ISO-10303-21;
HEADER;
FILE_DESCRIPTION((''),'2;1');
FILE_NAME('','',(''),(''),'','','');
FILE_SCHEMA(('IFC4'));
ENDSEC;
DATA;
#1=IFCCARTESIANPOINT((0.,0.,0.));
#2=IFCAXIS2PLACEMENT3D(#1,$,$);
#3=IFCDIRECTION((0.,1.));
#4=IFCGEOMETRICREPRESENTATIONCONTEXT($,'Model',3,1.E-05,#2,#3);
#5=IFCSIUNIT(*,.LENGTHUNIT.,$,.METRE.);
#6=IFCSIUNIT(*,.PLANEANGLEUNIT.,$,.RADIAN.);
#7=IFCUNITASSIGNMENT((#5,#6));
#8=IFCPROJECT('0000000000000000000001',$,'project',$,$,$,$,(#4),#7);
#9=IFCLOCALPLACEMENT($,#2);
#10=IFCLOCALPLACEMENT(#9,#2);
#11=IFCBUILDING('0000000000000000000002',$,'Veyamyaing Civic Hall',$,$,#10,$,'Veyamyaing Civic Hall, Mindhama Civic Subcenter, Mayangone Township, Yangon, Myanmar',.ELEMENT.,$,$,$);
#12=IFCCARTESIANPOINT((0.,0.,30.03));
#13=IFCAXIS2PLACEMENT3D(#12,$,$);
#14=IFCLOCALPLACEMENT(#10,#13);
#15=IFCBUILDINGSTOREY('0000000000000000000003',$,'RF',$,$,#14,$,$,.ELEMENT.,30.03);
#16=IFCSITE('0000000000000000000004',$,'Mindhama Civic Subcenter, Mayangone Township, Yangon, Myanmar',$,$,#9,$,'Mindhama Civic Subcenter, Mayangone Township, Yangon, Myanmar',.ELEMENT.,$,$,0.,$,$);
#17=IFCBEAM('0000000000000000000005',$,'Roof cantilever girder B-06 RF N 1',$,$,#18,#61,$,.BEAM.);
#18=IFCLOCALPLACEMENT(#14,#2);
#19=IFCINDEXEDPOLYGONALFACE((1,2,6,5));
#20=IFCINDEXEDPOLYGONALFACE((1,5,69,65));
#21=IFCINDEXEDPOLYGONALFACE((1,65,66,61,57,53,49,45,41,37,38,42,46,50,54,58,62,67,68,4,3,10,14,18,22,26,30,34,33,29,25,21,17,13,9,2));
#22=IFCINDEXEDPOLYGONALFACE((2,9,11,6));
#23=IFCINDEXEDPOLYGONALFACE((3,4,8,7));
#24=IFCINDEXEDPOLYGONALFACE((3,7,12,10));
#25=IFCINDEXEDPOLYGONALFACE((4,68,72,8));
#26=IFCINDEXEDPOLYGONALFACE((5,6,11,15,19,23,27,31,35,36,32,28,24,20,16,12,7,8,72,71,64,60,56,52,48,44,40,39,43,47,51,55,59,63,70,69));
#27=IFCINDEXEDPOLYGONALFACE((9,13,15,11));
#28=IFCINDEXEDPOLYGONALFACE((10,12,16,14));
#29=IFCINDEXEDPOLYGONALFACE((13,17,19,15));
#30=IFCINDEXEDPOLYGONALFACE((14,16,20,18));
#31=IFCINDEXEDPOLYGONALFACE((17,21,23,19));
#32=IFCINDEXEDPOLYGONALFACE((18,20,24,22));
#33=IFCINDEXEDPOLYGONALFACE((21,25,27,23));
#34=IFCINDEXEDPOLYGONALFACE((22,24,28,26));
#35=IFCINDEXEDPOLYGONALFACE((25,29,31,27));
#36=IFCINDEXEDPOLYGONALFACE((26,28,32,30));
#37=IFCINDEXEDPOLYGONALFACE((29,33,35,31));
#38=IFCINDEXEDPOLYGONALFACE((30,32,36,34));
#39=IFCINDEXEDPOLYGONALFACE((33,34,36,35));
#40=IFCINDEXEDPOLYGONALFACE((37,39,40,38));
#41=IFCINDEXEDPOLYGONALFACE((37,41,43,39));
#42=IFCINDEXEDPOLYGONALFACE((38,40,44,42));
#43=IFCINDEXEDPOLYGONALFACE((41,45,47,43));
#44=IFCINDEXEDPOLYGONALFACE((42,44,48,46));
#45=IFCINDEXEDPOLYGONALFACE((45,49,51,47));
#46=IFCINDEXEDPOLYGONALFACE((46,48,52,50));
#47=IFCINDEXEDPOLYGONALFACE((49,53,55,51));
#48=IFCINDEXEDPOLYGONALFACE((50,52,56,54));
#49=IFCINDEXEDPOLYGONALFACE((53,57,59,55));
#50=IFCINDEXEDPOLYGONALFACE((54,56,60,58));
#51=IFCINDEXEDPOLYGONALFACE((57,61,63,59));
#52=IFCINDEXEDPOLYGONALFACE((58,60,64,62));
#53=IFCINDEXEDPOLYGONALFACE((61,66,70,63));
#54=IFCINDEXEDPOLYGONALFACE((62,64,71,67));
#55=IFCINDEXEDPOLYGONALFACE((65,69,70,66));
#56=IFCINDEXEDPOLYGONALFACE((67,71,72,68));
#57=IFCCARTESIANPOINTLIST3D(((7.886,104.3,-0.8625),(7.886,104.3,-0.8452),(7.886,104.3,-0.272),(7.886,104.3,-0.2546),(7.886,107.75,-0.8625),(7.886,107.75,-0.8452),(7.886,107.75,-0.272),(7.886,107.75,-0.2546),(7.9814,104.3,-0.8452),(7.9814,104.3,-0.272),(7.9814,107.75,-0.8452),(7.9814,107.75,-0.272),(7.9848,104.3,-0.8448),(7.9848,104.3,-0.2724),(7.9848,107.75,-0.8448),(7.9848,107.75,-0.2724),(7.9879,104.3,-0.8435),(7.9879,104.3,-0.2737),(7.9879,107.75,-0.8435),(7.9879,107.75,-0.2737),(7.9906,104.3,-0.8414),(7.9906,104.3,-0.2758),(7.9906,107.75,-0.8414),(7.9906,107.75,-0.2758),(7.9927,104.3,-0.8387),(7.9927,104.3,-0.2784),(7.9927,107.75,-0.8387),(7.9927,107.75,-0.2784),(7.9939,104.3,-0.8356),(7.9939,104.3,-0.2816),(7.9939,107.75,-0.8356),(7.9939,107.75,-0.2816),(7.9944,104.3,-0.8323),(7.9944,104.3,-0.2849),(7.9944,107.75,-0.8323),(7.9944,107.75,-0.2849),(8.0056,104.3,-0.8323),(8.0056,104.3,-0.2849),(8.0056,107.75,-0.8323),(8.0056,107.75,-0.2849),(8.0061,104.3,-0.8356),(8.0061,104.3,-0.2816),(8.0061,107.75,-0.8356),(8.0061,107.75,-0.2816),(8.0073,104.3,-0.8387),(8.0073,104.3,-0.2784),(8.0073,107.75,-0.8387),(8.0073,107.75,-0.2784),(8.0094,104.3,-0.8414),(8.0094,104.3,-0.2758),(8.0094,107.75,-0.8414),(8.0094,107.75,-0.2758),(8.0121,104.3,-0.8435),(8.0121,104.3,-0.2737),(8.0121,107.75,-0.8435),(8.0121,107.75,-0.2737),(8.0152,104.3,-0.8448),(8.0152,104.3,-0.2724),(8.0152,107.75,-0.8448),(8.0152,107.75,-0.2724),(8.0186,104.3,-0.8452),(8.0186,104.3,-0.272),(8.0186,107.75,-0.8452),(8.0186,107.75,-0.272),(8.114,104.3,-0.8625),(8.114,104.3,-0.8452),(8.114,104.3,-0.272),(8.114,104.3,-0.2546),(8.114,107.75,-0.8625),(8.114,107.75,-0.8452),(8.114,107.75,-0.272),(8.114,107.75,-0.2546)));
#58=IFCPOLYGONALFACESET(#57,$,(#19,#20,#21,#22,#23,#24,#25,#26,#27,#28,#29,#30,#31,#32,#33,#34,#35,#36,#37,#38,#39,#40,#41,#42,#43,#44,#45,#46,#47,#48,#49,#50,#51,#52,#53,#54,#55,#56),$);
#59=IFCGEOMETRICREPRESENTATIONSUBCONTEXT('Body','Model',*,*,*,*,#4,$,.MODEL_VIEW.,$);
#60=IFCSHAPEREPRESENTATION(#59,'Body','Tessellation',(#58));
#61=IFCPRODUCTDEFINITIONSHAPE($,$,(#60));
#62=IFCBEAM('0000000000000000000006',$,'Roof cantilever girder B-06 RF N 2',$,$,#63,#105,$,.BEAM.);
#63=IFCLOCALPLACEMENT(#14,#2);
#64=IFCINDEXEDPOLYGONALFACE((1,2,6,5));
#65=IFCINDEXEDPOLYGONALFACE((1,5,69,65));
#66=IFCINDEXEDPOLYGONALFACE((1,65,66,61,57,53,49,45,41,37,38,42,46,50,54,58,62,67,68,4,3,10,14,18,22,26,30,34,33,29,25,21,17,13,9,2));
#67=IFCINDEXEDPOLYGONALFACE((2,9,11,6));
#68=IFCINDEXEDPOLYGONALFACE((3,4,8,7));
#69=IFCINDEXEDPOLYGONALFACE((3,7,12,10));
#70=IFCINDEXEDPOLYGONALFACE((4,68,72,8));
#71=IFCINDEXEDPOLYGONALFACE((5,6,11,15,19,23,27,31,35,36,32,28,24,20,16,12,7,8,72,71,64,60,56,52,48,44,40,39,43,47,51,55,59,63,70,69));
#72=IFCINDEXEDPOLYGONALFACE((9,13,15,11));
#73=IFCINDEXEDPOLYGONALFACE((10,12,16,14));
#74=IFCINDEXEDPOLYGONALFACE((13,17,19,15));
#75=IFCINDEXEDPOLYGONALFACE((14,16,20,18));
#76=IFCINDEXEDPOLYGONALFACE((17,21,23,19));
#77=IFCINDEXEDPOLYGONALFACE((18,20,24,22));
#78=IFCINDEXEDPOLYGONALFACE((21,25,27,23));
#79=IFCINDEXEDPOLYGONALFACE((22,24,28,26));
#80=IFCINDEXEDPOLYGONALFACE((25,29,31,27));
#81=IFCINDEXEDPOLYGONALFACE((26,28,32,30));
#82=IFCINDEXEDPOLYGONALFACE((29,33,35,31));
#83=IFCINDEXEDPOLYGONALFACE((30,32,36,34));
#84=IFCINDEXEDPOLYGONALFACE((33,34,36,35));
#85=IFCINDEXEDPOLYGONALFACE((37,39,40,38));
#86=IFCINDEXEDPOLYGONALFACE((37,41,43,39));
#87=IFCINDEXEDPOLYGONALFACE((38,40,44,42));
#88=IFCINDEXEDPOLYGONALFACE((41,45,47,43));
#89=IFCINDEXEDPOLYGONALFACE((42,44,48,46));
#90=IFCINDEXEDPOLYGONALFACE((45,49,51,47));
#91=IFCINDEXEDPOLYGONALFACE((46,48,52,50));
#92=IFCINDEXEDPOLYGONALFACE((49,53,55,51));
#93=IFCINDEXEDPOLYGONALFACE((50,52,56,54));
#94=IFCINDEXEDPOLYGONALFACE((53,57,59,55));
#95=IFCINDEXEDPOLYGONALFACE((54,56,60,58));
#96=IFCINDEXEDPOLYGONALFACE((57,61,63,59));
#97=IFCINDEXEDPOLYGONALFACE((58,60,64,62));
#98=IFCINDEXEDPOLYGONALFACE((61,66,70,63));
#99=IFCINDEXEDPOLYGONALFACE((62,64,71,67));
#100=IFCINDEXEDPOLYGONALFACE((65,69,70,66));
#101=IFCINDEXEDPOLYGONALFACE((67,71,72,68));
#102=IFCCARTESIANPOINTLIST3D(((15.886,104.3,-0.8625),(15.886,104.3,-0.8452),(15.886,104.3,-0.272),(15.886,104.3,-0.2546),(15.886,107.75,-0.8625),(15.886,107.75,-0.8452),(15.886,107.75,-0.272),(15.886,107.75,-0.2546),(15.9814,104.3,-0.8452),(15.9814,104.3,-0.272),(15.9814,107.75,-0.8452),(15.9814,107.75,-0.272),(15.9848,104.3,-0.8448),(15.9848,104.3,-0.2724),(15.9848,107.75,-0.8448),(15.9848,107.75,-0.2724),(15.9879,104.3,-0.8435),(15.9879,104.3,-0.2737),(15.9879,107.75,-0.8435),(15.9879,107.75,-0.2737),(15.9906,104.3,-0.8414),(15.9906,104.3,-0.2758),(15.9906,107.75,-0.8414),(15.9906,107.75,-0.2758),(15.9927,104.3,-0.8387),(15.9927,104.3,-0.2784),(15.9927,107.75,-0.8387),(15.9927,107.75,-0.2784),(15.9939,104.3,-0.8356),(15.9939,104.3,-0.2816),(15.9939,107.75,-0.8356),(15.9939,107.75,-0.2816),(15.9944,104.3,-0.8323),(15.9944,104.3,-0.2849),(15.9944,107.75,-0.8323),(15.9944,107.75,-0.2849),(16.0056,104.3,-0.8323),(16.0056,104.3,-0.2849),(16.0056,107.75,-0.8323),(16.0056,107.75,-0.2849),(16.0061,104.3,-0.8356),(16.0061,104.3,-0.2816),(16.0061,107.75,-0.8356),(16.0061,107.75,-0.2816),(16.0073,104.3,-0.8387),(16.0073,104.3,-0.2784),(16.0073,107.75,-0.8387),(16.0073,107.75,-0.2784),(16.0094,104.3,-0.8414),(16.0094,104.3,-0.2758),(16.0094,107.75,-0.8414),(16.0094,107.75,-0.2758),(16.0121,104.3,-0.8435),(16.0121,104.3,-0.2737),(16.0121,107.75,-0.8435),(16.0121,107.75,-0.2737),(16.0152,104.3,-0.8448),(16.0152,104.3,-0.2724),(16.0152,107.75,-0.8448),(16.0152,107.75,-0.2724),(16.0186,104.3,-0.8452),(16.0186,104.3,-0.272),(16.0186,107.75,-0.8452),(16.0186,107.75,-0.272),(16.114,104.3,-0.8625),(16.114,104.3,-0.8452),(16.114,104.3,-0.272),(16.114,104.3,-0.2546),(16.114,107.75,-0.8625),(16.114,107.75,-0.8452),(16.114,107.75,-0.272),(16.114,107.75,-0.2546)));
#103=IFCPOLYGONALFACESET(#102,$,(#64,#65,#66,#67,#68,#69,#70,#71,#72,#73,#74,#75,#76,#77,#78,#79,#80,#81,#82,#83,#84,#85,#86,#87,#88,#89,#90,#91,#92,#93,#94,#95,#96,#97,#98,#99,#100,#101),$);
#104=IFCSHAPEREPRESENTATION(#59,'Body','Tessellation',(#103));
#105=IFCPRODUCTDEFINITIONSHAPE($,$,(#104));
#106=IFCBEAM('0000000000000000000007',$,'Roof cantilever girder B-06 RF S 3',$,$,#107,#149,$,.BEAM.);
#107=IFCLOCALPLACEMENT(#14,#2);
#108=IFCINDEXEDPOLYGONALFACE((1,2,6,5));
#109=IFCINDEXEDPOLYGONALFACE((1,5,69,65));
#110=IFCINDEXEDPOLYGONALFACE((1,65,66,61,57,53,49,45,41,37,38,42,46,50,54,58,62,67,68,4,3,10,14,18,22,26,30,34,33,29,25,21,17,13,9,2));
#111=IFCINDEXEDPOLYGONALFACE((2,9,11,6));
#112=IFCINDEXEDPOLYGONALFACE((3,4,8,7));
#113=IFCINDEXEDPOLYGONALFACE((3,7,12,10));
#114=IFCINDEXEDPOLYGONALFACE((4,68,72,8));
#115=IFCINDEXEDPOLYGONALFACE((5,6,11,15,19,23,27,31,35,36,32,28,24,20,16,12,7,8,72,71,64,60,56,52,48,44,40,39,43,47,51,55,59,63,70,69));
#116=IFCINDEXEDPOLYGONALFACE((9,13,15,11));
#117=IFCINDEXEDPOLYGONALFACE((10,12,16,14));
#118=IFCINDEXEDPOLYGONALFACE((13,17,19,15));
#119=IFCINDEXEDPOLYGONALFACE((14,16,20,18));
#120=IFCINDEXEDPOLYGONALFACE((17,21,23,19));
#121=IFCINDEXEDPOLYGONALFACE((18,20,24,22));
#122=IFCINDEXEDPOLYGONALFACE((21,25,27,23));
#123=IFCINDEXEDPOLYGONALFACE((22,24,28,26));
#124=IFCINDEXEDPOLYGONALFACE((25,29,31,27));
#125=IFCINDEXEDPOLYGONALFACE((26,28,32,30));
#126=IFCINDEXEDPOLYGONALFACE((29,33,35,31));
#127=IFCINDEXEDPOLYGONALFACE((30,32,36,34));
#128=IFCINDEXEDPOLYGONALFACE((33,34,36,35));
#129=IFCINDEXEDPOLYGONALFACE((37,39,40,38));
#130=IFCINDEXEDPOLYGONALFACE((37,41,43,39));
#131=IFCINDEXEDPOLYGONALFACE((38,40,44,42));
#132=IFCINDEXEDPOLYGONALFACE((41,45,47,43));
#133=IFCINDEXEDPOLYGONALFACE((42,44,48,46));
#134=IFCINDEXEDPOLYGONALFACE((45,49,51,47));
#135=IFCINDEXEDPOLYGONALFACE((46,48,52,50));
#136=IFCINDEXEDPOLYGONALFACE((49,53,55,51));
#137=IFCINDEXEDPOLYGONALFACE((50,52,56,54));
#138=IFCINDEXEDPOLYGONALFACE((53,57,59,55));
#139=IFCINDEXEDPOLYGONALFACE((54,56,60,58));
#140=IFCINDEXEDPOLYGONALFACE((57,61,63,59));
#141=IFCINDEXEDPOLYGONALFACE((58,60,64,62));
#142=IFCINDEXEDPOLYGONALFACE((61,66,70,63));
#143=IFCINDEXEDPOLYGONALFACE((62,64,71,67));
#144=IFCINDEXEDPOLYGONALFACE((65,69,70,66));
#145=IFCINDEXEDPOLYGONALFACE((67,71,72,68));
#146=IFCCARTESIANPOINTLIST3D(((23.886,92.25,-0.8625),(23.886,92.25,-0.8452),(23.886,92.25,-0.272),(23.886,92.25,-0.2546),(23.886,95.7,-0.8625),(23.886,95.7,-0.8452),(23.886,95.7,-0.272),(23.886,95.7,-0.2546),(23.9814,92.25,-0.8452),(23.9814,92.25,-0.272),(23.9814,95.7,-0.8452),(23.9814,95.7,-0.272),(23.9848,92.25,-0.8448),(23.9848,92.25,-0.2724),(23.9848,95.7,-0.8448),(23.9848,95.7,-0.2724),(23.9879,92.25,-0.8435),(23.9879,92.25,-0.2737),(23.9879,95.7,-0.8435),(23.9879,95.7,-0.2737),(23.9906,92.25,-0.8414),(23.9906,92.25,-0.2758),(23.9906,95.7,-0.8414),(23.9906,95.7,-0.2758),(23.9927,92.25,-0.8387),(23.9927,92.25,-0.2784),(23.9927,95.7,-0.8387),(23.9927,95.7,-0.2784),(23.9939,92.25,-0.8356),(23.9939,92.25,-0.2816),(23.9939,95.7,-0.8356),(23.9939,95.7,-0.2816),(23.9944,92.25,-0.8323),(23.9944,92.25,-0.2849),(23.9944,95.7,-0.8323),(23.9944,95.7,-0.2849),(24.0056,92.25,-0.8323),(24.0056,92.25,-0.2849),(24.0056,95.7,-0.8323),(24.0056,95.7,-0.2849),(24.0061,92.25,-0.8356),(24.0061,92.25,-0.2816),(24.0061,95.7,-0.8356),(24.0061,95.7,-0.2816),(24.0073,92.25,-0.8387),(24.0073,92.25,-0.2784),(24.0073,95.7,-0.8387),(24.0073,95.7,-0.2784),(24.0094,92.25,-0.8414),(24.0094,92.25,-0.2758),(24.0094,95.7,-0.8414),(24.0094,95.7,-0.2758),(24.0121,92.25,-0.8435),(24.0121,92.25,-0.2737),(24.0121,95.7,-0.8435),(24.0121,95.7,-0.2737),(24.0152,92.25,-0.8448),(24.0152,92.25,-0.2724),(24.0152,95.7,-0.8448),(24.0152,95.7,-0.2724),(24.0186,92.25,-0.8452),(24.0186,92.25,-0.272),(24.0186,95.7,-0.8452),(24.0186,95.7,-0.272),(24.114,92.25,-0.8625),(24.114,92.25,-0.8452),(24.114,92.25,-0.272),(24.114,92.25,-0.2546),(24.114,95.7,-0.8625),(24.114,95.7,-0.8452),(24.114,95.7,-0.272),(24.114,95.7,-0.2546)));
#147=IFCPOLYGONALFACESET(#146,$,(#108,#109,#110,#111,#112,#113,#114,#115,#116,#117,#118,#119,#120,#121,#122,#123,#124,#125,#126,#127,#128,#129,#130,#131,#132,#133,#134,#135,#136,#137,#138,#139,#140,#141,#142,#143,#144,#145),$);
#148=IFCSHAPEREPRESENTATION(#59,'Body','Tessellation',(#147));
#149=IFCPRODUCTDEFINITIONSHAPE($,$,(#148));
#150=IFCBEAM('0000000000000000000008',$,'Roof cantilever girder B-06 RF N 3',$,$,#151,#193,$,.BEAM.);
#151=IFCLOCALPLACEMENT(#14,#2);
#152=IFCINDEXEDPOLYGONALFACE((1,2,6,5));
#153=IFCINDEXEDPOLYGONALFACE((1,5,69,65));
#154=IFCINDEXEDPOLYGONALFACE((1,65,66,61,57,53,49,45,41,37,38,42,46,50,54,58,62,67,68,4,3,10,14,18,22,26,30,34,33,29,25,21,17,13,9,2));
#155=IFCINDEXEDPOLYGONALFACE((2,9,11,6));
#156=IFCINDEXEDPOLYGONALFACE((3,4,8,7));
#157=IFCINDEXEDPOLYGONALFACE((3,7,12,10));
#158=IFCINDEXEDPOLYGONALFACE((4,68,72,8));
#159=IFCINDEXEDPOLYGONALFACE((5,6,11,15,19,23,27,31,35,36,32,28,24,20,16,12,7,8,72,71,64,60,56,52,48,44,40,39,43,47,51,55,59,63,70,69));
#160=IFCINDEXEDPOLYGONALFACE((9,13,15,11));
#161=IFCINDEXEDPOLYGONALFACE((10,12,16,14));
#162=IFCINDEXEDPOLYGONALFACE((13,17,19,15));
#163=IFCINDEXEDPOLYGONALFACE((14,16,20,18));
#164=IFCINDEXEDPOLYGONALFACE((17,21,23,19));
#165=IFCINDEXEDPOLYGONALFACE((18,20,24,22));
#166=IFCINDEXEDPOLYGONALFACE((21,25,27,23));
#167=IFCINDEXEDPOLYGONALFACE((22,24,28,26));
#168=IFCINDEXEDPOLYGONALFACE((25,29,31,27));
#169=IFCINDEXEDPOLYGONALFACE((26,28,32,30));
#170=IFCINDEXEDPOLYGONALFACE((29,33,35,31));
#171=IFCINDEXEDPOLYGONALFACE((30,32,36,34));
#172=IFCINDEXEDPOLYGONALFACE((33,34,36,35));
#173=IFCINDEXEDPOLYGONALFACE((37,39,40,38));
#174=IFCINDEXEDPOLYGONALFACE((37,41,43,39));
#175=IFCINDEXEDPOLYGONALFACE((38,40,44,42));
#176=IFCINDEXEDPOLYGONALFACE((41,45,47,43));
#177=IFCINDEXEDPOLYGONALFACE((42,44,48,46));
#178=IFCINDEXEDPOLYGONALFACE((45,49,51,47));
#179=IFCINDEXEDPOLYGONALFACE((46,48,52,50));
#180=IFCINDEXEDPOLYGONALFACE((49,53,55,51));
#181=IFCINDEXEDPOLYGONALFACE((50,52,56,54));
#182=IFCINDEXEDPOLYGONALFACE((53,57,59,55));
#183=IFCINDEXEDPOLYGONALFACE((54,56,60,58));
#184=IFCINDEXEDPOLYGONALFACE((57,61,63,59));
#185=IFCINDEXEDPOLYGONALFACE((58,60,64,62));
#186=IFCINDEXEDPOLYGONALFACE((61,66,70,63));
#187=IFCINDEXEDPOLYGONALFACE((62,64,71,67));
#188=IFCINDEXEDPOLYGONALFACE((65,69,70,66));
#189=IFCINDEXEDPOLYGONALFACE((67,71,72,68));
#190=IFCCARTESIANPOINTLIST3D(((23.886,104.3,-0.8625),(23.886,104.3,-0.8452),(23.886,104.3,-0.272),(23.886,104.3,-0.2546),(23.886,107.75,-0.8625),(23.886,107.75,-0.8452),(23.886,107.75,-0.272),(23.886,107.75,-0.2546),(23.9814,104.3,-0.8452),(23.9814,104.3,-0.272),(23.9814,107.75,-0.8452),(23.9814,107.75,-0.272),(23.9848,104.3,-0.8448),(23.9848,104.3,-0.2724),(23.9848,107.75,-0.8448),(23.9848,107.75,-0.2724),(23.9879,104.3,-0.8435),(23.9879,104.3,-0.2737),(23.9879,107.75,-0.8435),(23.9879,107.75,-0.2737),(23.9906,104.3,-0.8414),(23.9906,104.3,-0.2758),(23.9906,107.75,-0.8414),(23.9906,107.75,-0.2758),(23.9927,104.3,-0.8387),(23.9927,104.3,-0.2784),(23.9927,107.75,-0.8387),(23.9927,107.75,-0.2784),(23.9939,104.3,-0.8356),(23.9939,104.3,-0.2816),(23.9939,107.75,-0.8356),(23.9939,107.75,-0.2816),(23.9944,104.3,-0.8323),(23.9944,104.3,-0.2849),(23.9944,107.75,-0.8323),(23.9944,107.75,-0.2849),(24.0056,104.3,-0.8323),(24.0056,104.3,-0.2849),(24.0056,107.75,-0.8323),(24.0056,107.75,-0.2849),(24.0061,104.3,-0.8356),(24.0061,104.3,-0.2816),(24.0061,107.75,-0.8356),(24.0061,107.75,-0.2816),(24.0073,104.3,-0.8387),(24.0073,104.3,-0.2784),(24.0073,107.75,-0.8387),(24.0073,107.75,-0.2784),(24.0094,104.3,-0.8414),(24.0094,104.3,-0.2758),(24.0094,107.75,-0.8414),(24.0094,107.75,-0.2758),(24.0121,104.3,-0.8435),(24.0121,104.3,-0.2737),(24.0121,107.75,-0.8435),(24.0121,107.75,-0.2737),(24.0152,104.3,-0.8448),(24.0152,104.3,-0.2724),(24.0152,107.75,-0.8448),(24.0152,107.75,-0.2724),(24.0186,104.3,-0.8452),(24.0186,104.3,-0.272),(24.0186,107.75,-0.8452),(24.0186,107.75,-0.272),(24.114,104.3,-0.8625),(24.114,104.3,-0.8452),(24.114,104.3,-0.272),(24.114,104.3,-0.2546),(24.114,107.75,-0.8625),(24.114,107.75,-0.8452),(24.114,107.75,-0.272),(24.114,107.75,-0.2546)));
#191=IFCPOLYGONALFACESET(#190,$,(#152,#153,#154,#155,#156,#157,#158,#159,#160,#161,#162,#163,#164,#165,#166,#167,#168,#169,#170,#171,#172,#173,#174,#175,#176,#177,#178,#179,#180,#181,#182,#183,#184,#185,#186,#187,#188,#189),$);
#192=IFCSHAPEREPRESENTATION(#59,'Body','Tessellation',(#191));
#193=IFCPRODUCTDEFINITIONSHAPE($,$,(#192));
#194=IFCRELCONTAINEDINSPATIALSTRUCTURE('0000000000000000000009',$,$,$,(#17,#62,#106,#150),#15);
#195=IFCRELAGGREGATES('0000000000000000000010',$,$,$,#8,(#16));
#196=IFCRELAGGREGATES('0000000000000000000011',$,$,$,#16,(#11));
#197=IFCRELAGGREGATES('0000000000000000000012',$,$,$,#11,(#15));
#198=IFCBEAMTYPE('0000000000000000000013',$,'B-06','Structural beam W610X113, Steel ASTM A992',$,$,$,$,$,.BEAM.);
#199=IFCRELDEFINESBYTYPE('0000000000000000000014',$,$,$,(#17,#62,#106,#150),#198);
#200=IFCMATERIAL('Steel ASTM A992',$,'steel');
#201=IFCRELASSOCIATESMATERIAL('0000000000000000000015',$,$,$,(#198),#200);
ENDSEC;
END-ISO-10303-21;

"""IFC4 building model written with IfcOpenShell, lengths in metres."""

from ifc_helpers import new_model, si_unit, direction, frame, origin, origin_2d, place, context, subcontext, project, spatial, i_section, extrude, material, material_profile, profile_set, type_object, element, save


model = new_model("IFC4")

# Units and contexts
model_context = context("Model", 3, precision=1e-05, world=origin(), true_north=direction((0.0, 1.0)))
body_context = subcontext(model_context, "Body", "Model", "MODEL_VIEW")
ifc_project = project(units=[si_unit("LENGTHUNIT", "METRE"), si_unit("PLANEANGLEUNIT", "RADIAN")], contexts=[model_context])

# Site, building, storey
site_placement = place(None, origin())
site = spatial("IfcSite", under=ifc_project, at=site_placement, Name="Mindhama Civic Subcenter, Mayangone Township, Yangon, Myanmar", LongName="Mindhama Civic Subcenter, Mayangone Township, Yangon, Myanmar", CompositionType="ELEMENT", RefElevation=0.0)
building_placement = place(site_placement, origin())
building = spatial("IfcBuilding", under=site, at=building_placement, Name="Veyamyaing Civic Hall", LongName="Veyamyaing Civic Hall, Mindhama Civic Subcenter, Mayangone Township, Yangon, Myanmar", CompositionType="ELEMENT")
storey_placement = place(building_placement, frame((0.0, 0.0, 30.03)))
storey = spatial("IfcBuildingStorey", under=building, at=storey_placement, Name="RF", CompositionType="ELEMENT", Elevation=30.03)

# Beams
ifc_material_1 = material(Name="Steel ASTM A992", Category="steel")
ifc_material_profile_1 = material_profile(ifc_material_1, i_section(OverallWidth=0.228, OverallDepth=0.6079, WebThickness=0.0112, FlangeThickness=0.0173, FilletRadius=0.0129, at=origin_2d()), Name="W610X113")
ifc_profile_set_1 = profile_set([ifc_material_profile_1], Name="Steel ASTM A992")
beam_type_1 = type_object("IfcBeamType", Name="B-06", Description="Structural beam W610X113, Steel ASTM A992", PredefinedType="BEAM", material=ifc_profile_set_1)
for number, where, z_axis, x_axis, name in (
    (1, (8.0, 104.3, -0.5586), (0.0, 1.0, 0.0), (-1.0, 0.0, 0.0), "Roof cantilever girder B-06 RF N 1"),
    (2, (16.0, 104.3, -0.5586), (0.0, 1.0, 0.0), (-1.0, 0.0, 0.0), "Roof cantilever girder B-06 RF N 2"),
    (3, (24.0, 92.25, -0.5586), (0.0, 1.0, 0.0), (-1.0, 0.0, 0.0), "Roof cantilever girder B-06 RF S 3"),
    (4, (24.0, 104.3, -0.5586), (0.0, 1.0, 0.0), (-1.0, 0.0, 0.0), "Roof cantilever girder B-06 RF N 3"),
):
    element("IfcBeam", number, at=place(storey_placement, frame(where, z_axis=z_axis, x_axis=x_axis)), inside=storey, type_object=beam_type_1, Name=name, PredefinedType="BEAM", context=body_context, shape_type="SweptSolid", body=[
        extrude(i_section(OverallWidth=0.228, OverallDepth=0.6079, WebThickness=0.0112, FlangeThickness=0.0173, FilletRadius=0.0129, at=origin_2d()), origin(), (0.0, 0.0, 1.0), 3.45),
    ])

save(model, "model.ifc")
